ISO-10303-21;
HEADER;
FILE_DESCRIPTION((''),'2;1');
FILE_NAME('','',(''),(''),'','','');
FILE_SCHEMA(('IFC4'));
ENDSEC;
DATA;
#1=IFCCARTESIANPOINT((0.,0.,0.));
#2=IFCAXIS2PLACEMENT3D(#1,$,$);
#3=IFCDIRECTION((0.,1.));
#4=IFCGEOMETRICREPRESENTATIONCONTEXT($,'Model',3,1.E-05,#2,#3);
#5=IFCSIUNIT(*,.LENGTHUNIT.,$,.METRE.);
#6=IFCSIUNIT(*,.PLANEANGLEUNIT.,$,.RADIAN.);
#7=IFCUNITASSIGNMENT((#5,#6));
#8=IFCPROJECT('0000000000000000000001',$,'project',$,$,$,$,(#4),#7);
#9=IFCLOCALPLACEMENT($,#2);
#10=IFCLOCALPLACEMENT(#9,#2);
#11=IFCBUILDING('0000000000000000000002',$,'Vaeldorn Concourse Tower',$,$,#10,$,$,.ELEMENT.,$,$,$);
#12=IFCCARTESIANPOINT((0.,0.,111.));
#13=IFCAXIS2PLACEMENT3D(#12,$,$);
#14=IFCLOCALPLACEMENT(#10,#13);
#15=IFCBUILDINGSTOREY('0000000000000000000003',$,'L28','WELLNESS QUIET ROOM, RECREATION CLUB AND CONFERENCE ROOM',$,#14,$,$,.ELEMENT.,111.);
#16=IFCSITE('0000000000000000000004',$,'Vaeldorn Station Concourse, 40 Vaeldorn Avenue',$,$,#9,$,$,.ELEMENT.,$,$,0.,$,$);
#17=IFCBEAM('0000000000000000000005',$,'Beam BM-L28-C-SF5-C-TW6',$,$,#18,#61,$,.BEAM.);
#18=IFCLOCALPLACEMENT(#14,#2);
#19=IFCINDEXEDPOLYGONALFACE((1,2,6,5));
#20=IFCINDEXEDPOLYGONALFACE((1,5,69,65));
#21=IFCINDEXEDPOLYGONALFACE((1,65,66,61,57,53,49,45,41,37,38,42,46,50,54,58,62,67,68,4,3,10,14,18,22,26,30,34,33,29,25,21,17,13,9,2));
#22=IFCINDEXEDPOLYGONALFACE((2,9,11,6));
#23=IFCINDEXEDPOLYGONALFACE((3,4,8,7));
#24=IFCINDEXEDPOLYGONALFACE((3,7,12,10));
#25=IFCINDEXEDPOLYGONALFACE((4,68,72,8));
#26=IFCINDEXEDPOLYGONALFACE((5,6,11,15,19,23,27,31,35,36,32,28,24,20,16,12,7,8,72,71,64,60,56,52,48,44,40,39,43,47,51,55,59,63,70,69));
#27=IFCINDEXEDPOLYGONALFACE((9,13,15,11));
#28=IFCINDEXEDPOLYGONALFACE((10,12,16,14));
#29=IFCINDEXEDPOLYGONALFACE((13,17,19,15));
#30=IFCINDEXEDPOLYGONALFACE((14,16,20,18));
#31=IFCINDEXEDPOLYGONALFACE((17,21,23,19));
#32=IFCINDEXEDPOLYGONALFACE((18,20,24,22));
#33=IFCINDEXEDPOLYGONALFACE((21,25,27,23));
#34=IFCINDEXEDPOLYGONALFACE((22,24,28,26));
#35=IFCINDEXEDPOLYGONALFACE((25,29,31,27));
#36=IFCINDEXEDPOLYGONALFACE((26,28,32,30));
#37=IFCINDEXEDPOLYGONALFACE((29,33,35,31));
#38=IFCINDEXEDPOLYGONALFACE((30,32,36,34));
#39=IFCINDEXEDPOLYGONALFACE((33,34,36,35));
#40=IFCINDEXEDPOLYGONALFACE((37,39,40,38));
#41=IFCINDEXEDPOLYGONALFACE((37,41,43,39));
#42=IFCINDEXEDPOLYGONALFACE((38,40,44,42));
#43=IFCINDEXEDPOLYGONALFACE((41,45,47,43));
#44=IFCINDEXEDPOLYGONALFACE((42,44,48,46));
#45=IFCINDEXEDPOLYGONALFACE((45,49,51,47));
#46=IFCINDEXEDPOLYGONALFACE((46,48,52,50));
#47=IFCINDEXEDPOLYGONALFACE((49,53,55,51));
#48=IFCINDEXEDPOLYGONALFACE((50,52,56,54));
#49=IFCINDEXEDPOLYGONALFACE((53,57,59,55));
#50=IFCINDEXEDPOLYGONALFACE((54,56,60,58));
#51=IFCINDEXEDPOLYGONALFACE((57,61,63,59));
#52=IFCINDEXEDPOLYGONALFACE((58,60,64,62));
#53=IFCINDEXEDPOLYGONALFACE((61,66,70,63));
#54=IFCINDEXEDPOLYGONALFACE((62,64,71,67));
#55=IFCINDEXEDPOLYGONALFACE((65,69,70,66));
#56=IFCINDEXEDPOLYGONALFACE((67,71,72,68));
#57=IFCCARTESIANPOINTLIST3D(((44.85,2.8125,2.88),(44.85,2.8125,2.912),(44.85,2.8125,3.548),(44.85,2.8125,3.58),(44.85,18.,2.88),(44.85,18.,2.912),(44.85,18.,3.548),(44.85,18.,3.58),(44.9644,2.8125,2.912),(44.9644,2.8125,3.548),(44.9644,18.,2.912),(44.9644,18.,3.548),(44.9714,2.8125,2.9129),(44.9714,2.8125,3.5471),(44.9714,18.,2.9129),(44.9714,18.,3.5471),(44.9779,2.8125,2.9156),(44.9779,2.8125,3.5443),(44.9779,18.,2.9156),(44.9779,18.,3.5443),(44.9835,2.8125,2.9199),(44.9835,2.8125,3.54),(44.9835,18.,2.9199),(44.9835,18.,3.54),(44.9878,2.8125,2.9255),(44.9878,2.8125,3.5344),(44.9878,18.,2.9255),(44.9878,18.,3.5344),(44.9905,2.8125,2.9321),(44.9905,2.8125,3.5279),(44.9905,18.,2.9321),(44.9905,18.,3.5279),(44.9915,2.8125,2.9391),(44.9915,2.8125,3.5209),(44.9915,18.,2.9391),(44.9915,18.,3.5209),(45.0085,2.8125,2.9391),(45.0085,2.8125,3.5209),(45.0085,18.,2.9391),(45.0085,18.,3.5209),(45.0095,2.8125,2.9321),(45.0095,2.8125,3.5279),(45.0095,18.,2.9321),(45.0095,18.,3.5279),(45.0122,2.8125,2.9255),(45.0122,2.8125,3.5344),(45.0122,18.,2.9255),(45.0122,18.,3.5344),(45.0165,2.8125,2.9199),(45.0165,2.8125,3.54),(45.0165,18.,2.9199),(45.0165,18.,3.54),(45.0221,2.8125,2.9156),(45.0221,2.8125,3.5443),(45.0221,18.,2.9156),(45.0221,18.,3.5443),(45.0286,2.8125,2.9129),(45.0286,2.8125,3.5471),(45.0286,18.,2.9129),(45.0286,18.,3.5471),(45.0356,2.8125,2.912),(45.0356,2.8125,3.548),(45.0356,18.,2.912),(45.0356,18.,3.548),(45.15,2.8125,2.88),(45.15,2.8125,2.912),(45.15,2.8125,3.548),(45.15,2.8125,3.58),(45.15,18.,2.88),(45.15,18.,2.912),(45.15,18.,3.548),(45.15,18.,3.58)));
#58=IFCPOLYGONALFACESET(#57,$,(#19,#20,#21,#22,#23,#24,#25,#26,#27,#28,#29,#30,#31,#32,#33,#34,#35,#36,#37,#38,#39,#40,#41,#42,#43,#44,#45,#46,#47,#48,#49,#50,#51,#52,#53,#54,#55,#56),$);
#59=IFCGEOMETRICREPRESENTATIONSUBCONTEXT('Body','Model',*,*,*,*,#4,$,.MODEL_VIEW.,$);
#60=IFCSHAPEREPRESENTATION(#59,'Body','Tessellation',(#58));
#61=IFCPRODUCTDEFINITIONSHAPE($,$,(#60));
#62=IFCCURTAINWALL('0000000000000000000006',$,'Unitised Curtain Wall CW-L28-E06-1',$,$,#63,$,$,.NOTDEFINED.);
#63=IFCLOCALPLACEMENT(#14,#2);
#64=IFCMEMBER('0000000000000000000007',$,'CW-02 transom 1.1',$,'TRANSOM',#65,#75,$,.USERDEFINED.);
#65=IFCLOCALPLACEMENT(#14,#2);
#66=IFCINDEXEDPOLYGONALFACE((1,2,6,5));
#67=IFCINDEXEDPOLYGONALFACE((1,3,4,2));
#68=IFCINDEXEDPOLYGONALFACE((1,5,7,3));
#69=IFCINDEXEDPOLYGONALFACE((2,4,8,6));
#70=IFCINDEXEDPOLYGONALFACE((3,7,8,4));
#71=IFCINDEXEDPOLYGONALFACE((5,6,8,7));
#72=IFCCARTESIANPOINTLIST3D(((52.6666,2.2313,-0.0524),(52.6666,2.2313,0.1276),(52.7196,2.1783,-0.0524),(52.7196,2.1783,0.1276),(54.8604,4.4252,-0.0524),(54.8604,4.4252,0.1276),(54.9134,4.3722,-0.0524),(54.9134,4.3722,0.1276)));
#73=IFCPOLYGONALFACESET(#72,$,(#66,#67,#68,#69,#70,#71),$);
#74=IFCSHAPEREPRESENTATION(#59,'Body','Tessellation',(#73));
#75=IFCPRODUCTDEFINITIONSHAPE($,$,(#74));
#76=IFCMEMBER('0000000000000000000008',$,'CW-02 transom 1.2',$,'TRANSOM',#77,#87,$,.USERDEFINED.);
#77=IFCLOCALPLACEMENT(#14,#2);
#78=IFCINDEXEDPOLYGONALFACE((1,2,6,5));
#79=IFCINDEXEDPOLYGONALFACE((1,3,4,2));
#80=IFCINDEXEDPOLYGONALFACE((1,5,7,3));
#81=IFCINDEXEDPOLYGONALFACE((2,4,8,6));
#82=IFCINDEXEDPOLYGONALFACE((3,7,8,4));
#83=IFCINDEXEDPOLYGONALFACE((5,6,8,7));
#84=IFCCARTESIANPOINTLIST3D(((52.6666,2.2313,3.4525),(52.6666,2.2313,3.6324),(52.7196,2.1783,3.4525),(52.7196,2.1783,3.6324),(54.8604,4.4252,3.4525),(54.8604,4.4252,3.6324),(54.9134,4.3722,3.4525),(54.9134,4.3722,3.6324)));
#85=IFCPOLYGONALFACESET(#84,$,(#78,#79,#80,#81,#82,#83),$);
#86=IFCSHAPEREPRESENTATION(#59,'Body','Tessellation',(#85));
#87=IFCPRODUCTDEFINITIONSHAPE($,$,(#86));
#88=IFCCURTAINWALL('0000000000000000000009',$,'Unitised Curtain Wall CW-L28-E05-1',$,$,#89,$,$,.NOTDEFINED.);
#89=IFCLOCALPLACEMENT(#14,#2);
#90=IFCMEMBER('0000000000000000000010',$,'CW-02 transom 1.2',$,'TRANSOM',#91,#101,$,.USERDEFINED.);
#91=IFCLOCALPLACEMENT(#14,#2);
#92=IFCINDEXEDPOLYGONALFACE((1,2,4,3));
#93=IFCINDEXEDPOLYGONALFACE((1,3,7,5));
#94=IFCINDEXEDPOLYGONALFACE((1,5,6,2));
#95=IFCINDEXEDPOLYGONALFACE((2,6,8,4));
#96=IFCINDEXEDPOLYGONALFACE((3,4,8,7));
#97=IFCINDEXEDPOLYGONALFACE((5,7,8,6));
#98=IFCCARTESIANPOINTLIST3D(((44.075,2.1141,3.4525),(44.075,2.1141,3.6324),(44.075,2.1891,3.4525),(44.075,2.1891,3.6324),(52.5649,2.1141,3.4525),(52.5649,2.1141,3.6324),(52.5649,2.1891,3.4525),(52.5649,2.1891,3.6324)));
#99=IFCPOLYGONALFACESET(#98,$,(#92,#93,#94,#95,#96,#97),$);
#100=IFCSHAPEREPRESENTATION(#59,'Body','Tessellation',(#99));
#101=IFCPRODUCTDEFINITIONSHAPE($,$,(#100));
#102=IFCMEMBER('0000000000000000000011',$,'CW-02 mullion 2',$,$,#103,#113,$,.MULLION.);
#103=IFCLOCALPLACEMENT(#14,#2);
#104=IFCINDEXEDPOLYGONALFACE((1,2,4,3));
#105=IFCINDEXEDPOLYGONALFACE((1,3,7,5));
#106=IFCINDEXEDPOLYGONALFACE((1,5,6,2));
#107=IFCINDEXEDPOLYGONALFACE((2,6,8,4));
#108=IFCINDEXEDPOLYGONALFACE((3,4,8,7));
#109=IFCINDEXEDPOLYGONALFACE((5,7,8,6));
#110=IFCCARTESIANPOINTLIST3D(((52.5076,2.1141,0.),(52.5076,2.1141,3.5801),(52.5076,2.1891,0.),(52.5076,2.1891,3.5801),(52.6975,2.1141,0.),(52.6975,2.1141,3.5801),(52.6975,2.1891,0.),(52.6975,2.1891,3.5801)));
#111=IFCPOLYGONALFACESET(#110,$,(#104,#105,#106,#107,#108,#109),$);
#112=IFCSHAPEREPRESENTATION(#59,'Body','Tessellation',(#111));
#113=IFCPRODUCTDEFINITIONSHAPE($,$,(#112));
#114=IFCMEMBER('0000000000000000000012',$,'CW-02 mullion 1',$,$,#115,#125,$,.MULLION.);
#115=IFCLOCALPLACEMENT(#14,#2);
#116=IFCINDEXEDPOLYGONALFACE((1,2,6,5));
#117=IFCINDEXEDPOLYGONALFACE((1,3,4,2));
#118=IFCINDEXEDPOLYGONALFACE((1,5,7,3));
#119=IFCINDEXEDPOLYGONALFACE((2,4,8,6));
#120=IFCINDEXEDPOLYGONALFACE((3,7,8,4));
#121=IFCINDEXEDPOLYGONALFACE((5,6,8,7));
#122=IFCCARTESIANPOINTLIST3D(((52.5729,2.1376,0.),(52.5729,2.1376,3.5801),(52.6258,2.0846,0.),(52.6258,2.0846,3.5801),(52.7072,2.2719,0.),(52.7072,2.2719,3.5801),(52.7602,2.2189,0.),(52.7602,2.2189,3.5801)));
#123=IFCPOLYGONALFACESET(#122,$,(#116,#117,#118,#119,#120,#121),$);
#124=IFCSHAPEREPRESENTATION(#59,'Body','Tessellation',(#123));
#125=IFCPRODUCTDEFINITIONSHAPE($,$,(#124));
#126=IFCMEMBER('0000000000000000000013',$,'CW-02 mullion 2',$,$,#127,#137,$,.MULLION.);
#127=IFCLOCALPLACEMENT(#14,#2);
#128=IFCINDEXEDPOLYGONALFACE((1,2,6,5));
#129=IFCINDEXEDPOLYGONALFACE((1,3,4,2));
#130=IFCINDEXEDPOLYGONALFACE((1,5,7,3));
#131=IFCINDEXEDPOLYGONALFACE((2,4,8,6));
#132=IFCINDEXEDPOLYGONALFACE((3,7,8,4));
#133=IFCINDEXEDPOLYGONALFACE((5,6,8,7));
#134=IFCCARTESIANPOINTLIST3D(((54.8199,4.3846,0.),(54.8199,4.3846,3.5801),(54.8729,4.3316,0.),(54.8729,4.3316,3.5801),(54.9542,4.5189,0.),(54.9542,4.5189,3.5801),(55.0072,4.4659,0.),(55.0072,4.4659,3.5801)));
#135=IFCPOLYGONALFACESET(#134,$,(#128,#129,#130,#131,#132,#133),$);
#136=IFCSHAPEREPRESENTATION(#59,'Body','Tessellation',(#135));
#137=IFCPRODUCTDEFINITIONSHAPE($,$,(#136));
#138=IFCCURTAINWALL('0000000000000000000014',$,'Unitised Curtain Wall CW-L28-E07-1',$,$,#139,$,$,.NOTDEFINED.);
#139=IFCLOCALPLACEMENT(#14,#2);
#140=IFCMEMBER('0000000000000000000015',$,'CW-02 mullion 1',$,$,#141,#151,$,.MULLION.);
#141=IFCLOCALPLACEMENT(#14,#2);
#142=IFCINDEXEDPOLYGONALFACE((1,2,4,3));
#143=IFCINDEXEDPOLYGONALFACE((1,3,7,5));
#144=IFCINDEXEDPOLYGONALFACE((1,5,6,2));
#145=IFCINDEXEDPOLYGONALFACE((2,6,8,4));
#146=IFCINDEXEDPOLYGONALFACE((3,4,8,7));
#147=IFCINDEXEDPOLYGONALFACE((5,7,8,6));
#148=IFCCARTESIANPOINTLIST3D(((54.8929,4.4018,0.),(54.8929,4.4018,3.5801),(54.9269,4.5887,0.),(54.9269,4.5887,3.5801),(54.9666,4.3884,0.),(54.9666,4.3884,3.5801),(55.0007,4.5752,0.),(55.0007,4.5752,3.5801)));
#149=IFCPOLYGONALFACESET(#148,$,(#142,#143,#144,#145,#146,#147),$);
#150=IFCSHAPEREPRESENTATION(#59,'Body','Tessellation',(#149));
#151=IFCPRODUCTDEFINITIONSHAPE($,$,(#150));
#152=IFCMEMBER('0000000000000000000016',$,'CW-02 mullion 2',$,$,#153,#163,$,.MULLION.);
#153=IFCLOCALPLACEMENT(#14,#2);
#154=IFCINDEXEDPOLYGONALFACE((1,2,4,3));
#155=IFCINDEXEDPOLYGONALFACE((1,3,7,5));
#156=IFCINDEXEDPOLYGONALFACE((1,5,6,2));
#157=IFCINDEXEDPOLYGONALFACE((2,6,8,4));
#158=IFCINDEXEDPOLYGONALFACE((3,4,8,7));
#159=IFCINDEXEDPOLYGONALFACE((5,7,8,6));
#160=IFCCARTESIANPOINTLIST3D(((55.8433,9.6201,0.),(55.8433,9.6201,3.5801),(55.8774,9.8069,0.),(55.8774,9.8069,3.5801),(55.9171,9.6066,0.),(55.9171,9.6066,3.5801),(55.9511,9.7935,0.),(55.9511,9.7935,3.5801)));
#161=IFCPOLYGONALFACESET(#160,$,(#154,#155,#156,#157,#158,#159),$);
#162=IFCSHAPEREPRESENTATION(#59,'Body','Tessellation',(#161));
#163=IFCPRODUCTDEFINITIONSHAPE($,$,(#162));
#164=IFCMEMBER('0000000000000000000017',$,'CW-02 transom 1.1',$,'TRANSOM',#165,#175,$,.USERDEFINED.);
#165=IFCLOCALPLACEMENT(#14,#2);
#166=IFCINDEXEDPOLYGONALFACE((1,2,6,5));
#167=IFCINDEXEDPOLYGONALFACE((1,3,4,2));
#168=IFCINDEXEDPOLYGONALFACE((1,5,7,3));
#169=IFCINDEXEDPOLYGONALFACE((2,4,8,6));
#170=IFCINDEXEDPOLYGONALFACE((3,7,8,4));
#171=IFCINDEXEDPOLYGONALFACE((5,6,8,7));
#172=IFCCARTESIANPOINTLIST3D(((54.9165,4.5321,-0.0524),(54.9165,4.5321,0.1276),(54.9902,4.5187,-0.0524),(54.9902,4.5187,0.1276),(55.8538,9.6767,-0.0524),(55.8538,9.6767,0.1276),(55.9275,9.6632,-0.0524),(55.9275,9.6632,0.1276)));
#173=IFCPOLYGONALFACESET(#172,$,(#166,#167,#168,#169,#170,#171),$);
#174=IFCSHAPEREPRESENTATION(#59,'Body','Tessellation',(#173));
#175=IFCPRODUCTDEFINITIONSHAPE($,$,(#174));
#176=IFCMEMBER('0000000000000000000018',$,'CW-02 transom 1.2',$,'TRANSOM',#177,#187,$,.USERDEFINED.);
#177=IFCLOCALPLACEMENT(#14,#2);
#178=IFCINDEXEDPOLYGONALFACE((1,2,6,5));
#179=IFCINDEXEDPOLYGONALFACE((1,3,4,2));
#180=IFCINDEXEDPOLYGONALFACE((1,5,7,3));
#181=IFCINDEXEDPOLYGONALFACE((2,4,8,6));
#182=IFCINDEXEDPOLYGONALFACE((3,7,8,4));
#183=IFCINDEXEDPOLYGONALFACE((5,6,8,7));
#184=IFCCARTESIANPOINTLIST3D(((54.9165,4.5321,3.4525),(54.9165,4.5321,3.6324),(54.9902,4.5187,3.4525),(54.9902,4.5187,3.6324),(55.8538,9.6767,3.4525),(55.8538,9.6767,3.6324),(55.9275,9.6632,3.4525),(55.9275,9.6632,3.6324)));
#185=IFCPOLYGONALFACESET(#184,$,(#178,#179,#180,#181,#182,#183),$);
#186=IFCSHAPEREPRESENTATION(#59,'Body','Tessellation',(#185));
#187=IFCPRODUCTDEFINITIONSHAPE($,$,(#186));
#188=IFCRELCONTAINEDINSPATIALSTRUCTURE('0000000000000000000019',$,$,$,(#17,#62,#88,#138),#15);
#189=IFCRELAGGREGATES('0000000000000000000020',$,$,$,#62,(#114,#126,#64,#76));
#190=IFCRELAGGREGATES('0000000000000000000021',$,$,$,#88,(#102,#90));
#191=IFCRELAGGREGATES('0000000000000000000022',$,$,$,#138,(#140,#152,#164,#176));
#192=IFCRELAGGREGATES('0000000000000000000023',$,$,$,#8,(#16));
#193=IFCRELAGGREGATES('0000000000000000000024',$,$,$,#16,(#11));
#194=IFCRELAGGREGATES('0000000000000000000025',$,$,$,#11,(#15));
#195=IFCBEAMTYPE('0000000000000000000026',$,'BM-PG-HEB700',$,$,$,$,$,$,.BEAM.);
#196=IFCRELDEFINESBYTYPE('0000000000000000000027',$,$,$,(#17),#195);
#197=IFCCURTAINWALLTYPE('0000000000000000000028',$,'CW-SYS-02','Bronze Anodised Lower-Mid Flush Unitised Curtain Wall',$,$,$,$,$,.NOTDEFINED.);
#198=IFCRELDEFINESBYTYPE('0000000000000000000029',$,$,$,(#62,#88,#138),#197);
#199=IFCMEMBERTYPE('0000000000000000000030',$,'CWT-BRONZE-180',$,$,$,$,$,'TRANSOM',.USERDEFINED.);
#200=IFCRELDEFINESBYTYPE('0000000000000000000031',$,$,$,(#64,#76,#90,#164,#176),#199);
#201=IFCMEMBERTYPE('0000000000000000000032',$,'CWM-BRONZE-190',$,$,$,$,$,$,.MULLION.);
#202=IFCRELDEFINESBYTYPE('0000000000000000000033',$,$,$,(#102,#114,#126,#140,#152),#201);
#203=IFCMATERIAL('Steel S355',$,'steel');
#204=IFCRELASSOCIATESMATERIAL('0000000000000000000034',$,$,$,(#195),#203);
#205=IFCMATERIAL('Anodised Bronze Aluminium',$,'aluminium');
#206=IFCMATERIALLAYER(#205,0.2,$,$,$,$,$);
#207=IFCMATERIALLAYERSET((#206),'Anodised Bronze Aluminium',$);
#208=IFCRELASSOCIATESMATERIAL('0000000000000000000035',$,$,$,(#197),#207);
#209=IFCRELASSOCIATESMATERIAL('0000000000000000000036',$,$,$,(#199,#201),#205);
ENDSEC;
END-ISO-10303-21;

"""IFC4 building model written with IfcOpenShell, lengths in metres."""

from ifc_helpers import new_model, si_unit, direction, frame, origin, origin_2d, place, context, subcontext, project, spatial, rectangle, i_section, extrude, source, transform, mapped, material, layer, layer_set, material_profile, profile_set, type_object, element, aggregate, save


model = new_model("IFC4")

# Units and contexts
model_context = context("Model", 3, precision=1e-05, world=origin(), true_north=direction((0.0, 1.0)))
body_context = subcontext(model_context, "Body", "Model", "MODEL_VIEW")
ifc_project = project(units=[si_unit("LENGTHUNIT", "METRE"), si_unit("PLANEANGLEUNIT", "RADIAN")], contexts=[model_context])

# Site, building, storey
site_placement = place(None, origin())
site = spatial("IfcSite", under=ifc_project, at=site_placement, Name="Vaeldorn Station Concourse, 40 Vaeldorn Avenue", CompositionType="ELEMENT", RefElevation=0.0)
building_placement = place(site_placement, origin())
building = spatial("IfcBuilding", under=site, at=building_placement, Name="Vaeldorn Concourse Tower", CompositionType="ELEMENT")
storey_placement = place(building_placement, frame((0.0, 0.0, 111.0)))
storey = spatial("IfcBuildingStorey", under=building, at=storey_placement, Name="L28", Description="WELLNESS QUIET ROOM, RECREATION CLUB AND CONFERENCE ROOM", CompositionType="ELEMENT", Elevation=111.0)

# Beam
ifc_material_1 = material(Name="Steel S355", Category="steel")
ifc_material_profile_1 = material_profile(ifc_material_1, i_section(OverallWidth=0.3, OverallDepth=0.7, WebThickness=0.0171, FlangeThickness=0.032, FilletRadius=0.0271, at=origin_2d()), Name="HEB 700")
ifc_profile_set_1 = profile_set([ifc_material_profile_1], Name="Steel S355")
beam_type_1 = type_object("IfcBeamType", Name="BM-PG-HEB700", PredefinedType="BEAM", material=ifc_profile_set_1)
shared_shape_1 = source(origin(), body_context, "Body", "SweptSolid", [
    extrude(i_section(OverallWidth=0.3, OverallDepth=0.7, WebThickness=0.0171, FlangeThickness=0.032, FilletRadius=0.0271, at=origin_2d()), origin(), (0.0, 0.0, 1.0), 15.1875),
])
beam_1_placement = place(storey_placement, frame((45.0, 2.8125, 3.23), z_axis=(0.0, 1.0, 0.0), x_axis=(-1.0, 0.0, 0.0)))
element("IfcBeam", 1, at=beam_1_placement, inside=storey, type_object=beam_type_1, Name="Beam BM-L28-C-SF5-C-TW6", PredefinedType="BEAM", context=body_context, shape_type="MappedRepresentation", body=[
    mapped(shared_shape_1, transform((0.0, 0.0, 0.0), scale=1.0)),
])

# Curtain walls, members
ifc_material_2 = material(Name="Anodised Bronze Aluminium", Category="aluminium")
ifc_layer_1 = layer(ifc_material_2, 0.2)
ifc_layer_set_1 = layer_set([ifc_layer_1], Name="Anodised Bronze Aluminium")
curtain_wall_type = type_object("IfcCurtainWallType", Name="CW-SYS-02", Description="Bronze Anodised Lower-Mid Flush Unitised Curtain Wall", PredefinedType="NOTDEFINED", material=ifc_layer_set_1)
curtain_wall_1_placement = place(storey_placement, origin())
curtain_wall_1 = element("IfcCurtainWall", 2, at=curtain_wall_1_placement, inside=storey, type_object=curtain_wall_type, Name="Unitised Curtain Wall CW-L28-E06-1", PredefinedType="NOTDEFINED")
ifc_material_profile_2 = material_profile(ifc_material_2, rectangle(XDim=0.075, YDim=0.1799, at=origin_2d()), Name="CWT 75x180")
ifc_profile_set_2 = profile_set([ifc_material_profile_2], Name="Anodised Bronze Aluminium")
member_type_1 = type_object("IfcMemberType", Name="CWT-BRONZE-180", ElementType="TRANSOM", PredefinedType="USERDEFINED", material=ifc_profile_set_2)
shared_shape_2 = source(origin(), body_context, "Body", "SweptSolid", [
    extrude(rectangle(XDim=0.075, YDim=0.1799, at=origin_2d()), origin(), (0.0, 0.0, 1.0), 3.1025),
])
member_1_placement = place(storey_placement, frame((52.6931, 2.2048, 0.0376), z_axis=(0.707107, 0.707107, 0.0), x_axis=(-0.707107, 0.707107, 0.0)))
member_1 = element("IfcMember", 3, at=member_1_placement, type_object=member_type_1, Name="CW-02 transom 1.1", ObjectType="TRANSOM", PredefinedType="USERDEFINED", context=body_context, shape_type="MappedRepresentation", body=[
    mapped(shared_shape_2, transform((0.0, 0.0, 0.0), scale=1.0)),
])
member_2_placement = place(storey_placement, frame((52.6931, 2.2048, 3.5425), z_axis=(0.707107, 0.707107, 0.0), x_axis=(-0.707107, 0.707107, 0.0)))
member_2 = element("IfcMember", 4, at=member_2_placement, type_object=member_type_1, Name="CW-02 transom 1.2", ObjectType="TRANSOM", PredefinedType="USERDEFINED", context=body_context, shape_type="MappedRepresentation", body=[
    mapped(shared_shape_2, transform((0.0, 0.0, 0.0), scale=1.0)),
])
curtain_wall_2_placement = place(storey_placement, origin())
curtain_wall_2 = element("IfcCurtainWall", 5, at=curtain_wall_2_placement, inside=storey, type_object=curtain_wall_type, Name="Unitised Curtain Wall CW-L28-E05-1", PredefinedType="NOTDEFINED")
shared_shape_3 = source(origin(), body_context, "Body", "SweptSolid", [
    extrude(rectangle(XDim=0.075, YDim=0.1799, at=origin_2d()), origin(), (0.0, 0.0, 1.0), 8.49),
])
member_3_placement = place(storey_placement, frame((44.075, 2.1516, 3.5425), z_axis=(1.0, 0.0, 0.0), x_axis=(0.0, 1.0, 0.0)))
member_3 = element("IfcMember", 6, at=member_3_placement, type_object=member_type_1, Name="CW-02 transom 1.2", ObjectType="TRANSOM", PredefinedType="USERDEFINED", context=body_context, shape_type="MappedRepresentation", body=[
    mapped(shared_shape_3, transform((0.0, 0.0, 0.0), scale=1.0)),
])
ifc_material_profile_3 = material_profile(ifc_material_2, rectangle(XDim=0.075, YDim=0.1899, at=origin_2d()), Name="CWM 75x190")
ifc_profile_set_3 = profile_set([ifc_material_profile_3], Name="Anodised Bronze Aluminium")
member_type_2 = type_object("IfcMemberType", Name="CWM-BRONZE-190", PredefinedType="MULLION", material=ifc_profile_set_3)
shared_shape_4 = source(origin(), body_context, "Body", "SweptSolid", [
    extrude(rectangle(XDim=0.075, YDim=0.1899, at=origin_2d()), origin(), (0.0, 0.0, 1.0), 3.5801),
])
member_4_placement = place(storey_placement, frame((52.6025, 2.1516, 0.0), z_axis=(0.0, 0.0, 1.0), x_axis=(0.0, 1.0, 0.0)))
member_4 = element("IfcMember", 7, at=member_4_placement, type_object=member_type_2, Name="CW-02 mullion 2", PredefinedType="MULLION", context=body_context, shape_type="MappedRepresentation", body=[
    mapped(shared_shape_4, transform((0.0, 0.0, 0.0), scale=1.0)),
])

# Members
member_5_placement = place(storey_placement, frame((52.6665, 2.1782, 0.0), z_axis=(0.0, 0.0, 1.0), x_axis=(-0.707107, 0.707107, 0.0)))
member_5 = element("IfcMember", 8, at=member_5_placement, type_object=member_type_2, Name="CW-02 mullion 1", PredefinedType="MULLION", context=body_context, shape_type="MappedRepresentation", body=[
    mapped(shared_shape_4, transform((0.0, 0.0, 0.0), scale=1.0)),
])
member_6_placement = place(storey_placement, frame((54.9136, 4.4253, 0.0), z_axis=(0.0, 0.0, 1.0), x_axis=(-0.707107, 0.707107, 0.0)))
member_6 = element("IfcMember", 9, at=member_6_placement, type_object=member_type_2, Name="CW-02 mullion 2", PredefinedType="MULLION", context=body_context, shape_type="MappedRepresentation", body=[
    mapped(shared_shape_4, transform((0.0, 0.0, 0.0), scale=1.0)),
])

# Curtain wall, members
curtain_wall_3_placement = place(storey_placement, origin())
curtain_wall_3 = element("IfcCurtainWall", 10, at=curtain_wall_3_placement, inside=storey, type_object=curtain_wall_type, Name="Unitised Curtain Wall CW-L28-E07-1", PredefinedType="NOTDEFINED")
member_7_placement = place(storey_placement, frame((54.9468, 4.4885, 0.0), z_axis=(0.0, 0.0, 1.0), x_axis=(-0.983812, 0.179206, 0.0)))
member_7 = element("IfcMember", 11, at=member_7_placement, type_object=member_type_2, Name="CW-02 mullion 1", PredefinedType="MULLION", context=body_context, shape_type="MappedRepresentation", body=[
    mapped(shared_shape_4, transform((0.0, 0.0, 0.0), scale=1.0)),
])
member_8_placement = place(storey_placement, frame((55.8972, 9.7068, 0.0), z_axis=(0.0, 0.0, 1.0), x_axis=(-0.983812, 0.179206, 0.0)))
member_8 = element("IfcMember", 12, at=member_8_placement, type_object=member_type_2, Name="CW-02 mullion 2", PredefinedType="MULLION", context=body_context, shape_type="MappedRepresentation", body=[
    mapped(shared_shape_4, transform((0.0, 0.0, 0.0), scale=1.0)),
])
shared_shape_5 = source(origin(), body_context, "Body", "SweptSolid", [
    extrude(rectangle(XDim=0.075, YDim=0.1799, at=origin_2d()), origin(), (0.0, 0.0, 1.0), 5.2292),
])
member_9_placement = place(storey_placement, frame((54.9534, 4.5254, 0.0376), z_axis=(0.179235, 0.983806, 0.0), x_axis=(-0.983806, 0.179235, 0.0)))
member_9 = element("IfcMember", 13, at=member_9_placement, type_object=member_type_1, Name="CW-02 transom 1.1", ObjectType="TRANSOM", PredefinedType="USERDEFINED", context=body_context, shape_type="MappedRepresentation", body=[
    mapped(shared_shape_5, transform((0.0, 0.0, 0.0), scale=1.0)),
])
member_10_placement = place(storey_placement, frame((54.9534, 4.5254, 3.5425), z_axis=(0.179235, 0.983806, 0.0), x_axis=(-0.983806, 0.179235, 0.0)))
member_10 = element("IfcMember", 14, at=member_10_placement, type_object=member_type_1, Name="CW-02 transom 1.2", ObjectType="TRANSOM", PredefinedType="USERDEFINED", context=body_context, shape_type="MappedRepresentation", body=[
    mapped(shared_shape_5, transform((0.0, 0.0, 0.0), scale=1.0)),
])

aggregate(curtain_wall_1, [member_5, member_6, member_1, member_2])
aggregate(curtain_wall_2, [member_4, member_3])
aggregate(curtain_wall_3, [member_7, member_8, member_9, member_10])

save(model, "model.ifc")
